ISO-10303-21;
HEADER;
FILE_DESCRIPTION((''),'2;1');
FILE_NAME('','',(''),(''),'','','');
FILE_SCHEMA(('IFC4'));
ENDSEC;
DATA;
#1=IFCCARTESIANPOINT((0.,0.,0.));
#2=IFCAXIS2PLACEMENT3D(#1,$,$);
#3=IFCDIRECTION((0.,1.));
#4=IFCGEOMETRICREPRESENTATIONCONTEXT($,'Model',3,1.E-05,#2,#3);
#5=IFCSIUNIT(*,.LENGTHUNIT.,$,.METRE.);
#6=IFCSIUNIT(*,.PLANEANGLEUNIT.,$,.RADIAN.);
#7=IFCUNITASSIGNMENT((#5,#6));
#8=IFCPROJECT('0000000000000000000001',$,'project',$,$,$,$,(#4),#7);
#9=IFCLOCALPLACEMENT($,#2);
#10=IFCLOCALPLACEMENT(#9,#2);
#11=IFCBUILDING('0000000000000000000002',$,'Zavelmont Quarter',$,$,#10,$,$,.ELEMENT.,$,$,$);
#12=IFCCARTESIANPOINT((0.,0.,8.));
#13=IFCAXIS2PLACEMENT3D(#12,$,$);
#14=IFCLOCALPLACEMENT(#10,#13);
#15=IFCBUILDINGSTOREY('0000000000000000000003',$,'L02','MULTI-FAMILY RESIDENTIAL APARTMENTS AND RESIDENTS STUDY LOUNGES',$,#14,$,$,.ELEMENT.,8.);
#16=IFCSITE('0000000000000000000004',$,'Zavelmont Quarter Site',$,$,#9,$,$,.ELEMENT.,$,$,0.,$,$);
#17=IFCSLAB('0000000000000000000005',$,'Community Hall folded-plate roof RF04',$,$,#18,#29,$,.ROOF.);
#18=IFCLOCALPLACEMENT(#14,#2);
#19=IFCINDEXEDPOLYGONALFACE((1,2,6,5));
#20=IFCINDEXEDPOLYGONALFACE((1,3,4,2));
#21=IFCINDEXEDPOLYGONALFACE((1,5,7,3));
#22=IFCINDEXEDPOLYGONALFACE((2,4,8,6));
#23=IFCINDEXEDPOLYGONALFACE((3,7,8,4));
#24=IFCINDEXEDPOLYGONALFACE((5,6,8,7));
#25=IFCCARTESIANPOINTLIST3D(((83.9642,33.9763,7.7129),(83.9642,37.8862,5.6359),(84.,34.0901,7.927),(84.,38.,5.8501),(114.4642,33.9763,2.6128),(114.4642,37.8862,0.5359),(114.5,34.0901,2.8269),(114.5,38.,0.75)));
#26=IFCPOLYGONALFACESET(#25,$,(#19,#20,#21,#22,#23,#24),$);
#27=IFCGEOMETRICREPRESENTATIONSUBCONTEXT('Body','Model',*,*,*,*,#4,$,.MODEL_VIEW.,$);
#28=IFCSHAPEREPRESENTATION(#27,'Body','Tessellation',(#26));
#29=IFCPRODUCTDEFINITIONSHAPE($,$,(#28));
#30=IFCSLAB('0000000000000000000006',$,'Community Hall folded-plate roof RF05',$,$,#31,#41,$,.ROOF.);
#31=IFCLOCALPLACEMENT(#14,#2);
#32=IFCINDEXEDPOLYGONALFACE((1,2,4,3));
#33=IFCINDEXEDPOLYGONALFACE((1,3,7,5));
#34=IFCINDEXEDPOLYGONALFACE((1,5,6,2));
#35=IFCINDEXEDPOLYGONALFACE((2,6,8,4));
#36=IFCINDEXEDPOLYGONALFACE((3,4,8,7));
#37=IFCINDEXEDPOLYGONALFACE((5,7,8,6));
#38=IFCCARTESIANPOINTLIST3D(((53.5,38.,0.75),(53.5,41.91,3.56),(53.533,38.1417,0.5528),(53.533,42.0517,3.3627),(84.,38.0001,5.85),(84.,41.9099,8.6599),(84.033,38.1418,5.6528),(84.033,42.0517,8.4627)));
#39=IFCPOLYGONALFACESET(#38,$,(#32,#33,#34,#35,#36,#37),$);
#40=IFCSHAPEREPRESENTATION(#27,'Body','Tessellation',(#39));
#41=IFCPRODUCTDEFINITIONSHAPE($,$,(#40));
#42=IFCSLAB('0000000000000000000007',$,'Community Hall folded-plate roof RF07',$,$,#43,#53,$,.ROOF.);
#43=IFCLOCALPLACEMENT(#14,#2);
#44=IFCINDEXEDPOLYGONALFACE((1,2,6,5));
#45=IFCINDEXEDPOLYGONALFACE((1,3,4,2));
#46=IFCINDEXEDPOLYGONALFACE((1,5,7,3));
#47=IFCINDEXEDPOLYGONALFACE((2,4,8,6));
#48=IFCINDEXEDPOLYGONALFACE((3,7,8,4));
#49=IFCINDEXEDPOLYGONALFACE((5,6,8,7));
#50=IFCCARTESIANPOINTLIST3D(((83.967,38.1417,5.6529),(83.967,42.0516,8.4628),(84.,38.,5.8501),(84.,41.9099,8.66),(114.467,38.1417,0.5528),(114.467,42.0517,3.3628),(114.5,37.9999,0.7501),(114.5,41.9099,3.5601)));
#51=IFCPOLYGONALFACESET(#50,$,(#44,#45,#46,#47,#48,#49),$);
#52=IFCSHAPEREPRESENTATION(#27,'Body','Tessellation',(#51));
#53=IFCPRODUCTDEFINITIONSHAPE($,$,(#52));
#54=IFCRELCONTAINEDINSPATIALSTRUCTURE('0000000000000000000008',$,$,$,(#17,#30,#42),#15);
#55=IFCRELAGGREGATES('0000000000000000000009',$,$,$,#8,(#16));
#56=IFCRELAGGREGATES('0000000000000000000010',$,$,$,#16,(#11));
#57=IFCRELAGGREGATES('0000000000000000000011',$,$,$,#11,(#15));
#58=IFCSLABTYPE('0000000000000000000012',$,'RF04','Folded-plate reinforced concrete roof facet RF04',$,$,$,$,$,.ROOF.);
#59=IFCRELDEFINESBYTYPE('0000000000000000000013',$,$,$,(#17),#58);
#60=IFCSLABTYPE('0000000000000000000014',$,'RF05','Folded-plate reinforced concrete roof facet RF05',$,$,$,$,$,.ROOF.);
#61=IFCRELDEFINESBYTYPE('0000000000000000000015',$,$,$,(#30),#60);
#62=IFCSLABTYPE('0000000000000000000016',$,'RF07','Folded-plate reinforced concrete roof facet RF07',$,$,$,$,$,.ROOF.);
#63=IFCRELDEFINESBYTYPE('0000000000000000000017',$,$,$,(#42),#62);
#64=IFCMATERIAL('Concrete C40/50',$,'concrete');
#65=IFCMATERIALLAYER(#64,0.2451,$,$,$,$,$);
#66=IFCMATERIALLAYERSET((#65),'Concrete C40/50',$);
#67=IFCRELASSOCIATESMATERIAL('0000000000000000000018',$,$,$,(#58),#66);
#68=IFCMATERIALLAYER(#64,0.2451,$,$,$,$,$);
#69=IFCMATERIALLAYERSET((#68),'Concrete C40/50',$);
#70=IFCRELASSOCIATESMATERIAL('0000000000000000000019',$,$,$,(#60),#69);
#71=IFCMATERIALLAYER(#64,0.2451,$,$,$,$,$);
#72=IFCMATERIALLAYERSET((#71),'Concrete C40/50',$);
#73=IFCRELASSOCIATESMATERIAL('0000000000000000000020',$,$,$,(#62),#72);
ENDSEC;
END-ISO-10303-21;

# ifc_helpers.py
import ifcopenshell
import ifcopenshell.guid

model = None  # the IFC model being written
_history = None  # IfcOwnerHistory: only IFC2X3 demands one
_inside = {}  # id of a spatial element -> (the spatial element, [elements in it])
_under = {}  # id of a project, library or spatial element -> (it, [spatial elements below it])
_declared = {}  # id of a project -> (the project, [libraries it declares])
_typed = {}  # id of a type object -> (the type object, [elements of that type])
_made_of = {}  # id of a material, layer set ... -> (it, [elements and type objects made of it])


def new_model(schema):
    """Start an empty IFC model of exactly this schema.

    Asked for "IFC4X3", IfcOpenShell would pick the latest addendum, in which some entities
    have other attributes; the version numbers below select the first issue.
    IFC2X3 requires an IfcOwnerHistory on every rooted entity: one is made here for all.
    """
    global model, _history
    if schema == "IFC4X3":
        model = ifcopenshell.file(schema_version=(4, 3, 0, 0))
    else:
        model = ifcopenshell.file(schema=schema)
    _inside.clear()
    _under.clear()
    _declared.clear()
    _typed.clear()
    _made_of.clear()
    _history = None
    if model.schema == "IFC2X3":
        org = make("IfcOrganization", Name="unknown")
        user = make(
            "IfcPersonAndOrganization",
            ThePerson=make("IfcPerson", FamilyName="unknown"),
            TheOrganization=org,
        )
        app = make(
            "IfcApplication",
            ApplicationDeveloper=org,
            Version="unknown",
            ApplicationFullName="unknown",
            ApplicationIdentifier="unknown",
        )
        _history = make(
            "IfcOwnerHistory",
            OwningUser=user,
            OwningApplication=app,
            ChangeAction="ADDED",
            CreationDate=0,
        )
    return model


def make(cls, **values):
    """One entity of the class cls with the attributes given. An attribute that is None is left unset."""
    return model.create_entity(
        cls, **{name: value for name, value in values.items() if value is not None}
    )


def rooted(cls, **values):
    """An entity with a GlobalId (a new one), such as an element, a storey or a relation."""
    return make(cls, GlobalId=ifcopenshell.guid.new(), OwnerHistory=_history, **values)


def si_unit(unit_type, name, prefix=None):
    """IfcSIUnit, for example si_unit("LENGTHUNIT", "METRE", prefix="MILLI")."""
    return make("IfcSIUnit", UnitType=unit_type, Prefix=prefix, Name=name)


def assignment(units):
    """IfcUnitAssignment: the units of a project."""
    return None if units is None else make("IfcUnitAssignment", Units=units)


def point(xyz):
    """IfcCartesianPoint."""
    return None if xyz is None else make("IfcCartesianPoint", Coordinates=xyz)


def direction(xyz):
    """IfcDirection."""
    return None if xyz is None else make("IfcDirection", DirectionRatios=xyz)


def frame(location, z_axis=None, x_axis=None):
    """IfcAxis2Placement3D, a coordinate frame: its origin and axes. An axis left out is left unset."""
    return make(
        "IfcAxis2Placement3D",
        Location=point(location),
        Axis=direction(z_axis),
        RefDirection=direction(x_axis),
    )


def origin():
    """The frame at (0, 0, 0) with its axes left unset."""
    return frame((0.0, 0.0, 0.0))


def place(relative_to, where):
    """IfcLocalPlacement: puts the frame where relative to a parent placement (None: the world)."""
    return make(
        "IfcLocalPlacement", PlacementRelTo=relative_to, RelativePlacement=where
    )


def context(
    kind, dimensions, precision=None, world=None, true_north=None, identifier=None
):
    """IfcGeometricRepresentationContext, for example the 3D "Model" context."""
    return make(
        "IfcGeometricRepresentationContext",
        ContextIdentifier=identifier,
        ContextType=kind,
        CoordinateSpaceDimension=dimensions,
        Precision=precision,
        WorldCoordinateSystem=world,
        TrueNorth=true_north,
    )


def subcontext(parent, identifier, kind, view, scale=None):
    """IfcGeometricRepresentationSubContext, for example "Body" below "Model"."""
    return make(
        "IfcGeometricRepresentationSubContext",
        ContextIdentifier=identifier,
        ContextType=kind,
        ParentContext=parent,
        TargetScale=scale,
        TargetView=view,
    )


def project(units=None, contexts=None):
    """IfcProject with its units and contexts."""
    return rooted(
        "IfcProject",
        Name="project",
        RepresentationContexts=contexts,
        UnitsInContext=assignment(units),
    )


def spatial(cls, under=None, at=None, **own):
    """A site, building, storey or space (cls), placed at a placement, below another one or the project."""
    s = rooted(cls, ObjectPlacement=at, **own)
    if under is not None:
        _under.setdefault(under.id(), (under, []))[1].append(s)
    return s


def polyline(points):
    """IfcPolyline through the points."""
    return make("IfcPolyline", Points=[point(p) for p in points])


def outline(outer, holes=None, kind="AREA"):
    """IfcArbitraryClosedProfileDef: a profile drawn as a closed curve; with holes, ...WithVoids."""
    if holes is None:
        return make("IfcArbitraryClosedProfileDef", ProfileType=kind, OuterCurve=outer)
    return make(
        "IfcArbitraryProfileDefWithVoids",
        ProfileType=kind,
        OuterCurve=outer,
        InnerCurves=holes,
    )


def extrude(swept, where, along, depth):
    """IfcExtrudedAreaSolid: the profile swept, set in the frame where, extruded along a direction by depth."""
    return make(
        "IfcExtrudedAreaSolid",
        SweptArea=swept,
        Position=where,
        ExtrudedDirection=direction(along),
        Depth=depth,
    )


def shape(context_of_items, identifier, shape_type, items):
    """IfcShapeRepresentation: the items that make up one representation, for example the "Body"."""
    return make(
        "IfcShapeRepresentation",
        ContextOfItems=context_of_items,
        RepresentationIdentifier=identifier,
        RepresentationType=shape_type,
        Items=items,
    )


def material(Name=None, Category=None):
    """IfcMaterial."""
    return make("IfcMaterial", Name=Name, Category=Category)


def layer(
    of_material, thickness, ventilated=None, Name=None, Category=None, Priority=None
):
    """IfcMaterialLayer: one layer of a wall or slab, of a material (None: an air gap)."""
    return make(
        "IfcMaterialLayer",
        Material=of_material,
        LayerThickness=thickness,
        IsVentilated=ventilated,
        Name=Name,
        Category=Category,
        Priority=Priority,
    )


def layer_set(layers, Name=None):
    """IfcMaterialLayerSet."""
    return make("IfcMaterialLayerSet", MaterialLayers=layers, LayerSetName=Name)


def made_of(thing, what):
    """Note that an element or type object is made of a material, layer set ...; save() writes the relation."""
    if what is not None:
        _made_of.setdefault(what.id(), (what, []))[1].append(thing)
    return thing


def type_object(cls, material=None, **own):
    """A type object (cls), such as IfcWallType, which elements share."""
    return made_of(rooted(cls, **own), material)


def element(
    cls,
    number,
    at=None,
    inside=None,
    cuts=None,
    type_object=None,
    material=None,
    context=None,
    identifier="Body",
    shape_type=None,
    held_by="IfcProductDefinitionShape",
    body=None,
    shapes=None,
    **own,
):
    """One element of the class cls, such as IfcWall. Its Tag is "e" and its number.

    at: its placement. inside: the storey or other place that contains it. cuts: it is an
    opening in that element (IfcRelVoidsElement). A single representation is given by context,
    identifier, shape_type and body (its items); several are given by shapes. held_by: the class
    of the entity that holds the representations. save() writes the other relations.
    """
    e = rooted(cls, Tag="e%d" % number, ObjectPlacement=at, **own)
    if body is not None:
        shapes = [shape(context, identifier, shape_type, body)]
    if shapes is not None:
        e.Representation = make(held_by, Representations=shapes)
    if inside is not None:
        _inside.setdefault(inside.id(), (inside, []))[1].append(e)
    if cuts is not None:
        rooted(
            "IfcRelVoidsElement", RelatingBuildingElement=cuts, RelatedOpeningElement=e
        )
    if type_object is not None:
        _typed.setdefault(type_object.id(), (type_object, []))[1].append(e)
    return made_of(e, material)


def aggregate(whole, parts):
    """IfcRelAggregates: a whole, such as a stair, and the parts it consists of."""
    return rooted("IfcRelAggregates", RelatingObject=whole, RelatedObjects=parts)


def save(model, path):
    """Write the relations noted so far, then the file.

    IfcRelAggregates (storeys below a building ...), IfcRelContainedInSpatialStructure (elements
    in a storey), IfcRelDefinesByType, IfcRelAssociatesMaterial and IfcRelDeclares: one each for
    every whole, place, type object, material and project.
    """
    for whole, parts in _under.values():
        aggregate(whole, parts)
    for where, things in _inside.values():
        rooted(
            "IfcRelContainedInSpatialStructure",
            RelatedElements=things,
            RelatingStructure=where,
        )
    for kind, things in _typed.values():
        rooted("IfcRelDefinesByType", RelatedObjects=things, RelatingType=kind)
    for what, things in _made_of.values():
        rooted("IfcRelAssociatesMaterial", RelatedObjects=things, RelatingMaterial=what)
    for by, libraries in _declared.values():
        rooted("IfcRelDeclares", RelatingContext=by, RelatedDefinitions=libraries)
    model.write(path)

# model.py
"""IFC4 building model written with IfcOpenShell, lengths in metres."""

from ifc_helpers import new_model, si_unit, direction, frame, origin, place, context, subcontext, project, spatial, polyline, outline, extrude, material, layer, layer_set, type_object, element, save


model = new_model("IFC4")

# Units and contexts
model_context = context("Model", 3, precision=1e-05, world=origin(), true_north=direction((0.0, 1.0)))
body_context = subcontext(model_context, "Body", "Model", "MODEL_VIEW")
ifc_project = project(units=[si_unit("LENGTHUNIT", "METRE"), si_unit("PLANEANGLEUNIT", "RADIAN")], contexts=[model_context])

# Site, building, storey
site_placement = place(None, origin())
site = spatial("IfcSite", under=ifc_project, at=site_placement, Name="Zavelmont Quarter Site", CompositionType="ELEMENT", RefElevation=0.0)
building_placement = place(site_placement, origin())
building = spatial("IfcBuilding", under=site, at=building_placement, Name="Zavelmont Quarter", CompositionType="ELEMENT")
storey_placement = place(building_placement, frame((0.0, 0.0, 8.0)))
storey = spatial("IfcBuildingStorey", under=building, at=storey_placement, Name="L02", Description="MULTI-FAMILY RESIDENTIAL APARTMENTS AND RESIDENTS STUDY LOUNGES", CompositionType="ELEMENT", Elevation=8.0)

# Shared definitions
ifc_material_1 = material(Name="Concrete C40/50", Category="concrete")

# Slabs
ifc_layer_1 = layer(ifc_material_1, 0.2451)
ifc_layer_set_1 = layer_set([ifc_layer_1], Name="Concrete C40/50")
slab_type_1 = type_object("IfcSlabType", Name="RF04", Description="Folded-plate reinforced concrete roof facet RF04", PredefinedType="ROOF", material=ifc_layer_set_1)
slab_1_placement = place(storey_placement, frame((84.0, 34.0901, 7.927), z_axis=(0.146091, 0.464081, 0.873663), x_axis=(0.986306, 0.0, -0.164926)))
element("IfcSlab", 1, at=slab_1_placement, inside=storey, type_object=slab_type_1, Name="Community Hall folded-plate roof RF04", PredefinedType="ROOF", context=body_context, shape_type="SweptSolid", body=[
    extrude(outline(polyline([(0.0, 0.0), (30.9235, 0.0), (31.266, 4.414), (0.3425, 4.414), (0.0, 0.0)])), origin(), (0.0, 0.0, -1.0), 0.2451),
])
ifc_layer_2 = layer(ifc_material_1, 0.2451)
ifc_layer_set_2 = layer_set([ifc_layer_2], Name="Concrete C40/50")
slab_type_2 = type_object("IfcSlabType", Name="RF05", Description="Folded-plate reinforced concrete roof facet RF05", PredefinedType="ROOF", material=ifc_layer_set_2)
slab_2_placement = place(storey_placement, frame((53.5, 38.0, 0.75), z_axis=(-0.134549, -0.578287, 0.804662), x_axis=(0.986306, 0.000002, 0.164924)))
element("IfcSlab", 2, at=slab_2_placement, inside=storey, type_object=slab_type_2, Name="Community Hall folded-plate roof RF05", PredefinedType="ROOF", context=body_context, shape_type="SweptSolid", body=[
    extrude(outline(polyline([(0.0, 0.0), (30.9235, 0.0), (31.3869, 4.7925), (0.4635, 4.7926), (0.0, 0.0)])), origin(), (0.0, 0.0, -1.0), 0.2451),
])
ifc_layer_3 = layer(ifc_material_1, 0.2451)
ifc_layer_set_3 = layer_set([ifc_layer_3], Name="Concrete C40/50")
slab_type_3 = type_object("IfcSlabType", Name="RF07", Description="Folded-plate reinforced concrete roof facet RF07", PredefinedType="ROOF", material=ifc_layer_set_3)
slab_3_placement = place(storey_placement, frame((84.0, 38.0, 5.8501), z_axis=(0.134549, -0.578287, 0.804662), x_axis=(0.986306, -0.000002, -0.164924)))
element("IfcSlab", 3, at=slab_3_placement, inside=storey, type_object=slab_type_3, Name="Community Hall folded-plate roof RF07", PredefinedType="ROOF", context=body_context, shape_type="SweptSolid", body=[
    extrude(outline(polyline([(0.0, 0.0), (30.9235, 0.0), (30.46, 4.7926), (-0.4634, 4.7925), (0.0, 0.0)])), origin(), (0.0, 0.0, -1.0), 0.2451),
])

save(model, "model.ifc")
